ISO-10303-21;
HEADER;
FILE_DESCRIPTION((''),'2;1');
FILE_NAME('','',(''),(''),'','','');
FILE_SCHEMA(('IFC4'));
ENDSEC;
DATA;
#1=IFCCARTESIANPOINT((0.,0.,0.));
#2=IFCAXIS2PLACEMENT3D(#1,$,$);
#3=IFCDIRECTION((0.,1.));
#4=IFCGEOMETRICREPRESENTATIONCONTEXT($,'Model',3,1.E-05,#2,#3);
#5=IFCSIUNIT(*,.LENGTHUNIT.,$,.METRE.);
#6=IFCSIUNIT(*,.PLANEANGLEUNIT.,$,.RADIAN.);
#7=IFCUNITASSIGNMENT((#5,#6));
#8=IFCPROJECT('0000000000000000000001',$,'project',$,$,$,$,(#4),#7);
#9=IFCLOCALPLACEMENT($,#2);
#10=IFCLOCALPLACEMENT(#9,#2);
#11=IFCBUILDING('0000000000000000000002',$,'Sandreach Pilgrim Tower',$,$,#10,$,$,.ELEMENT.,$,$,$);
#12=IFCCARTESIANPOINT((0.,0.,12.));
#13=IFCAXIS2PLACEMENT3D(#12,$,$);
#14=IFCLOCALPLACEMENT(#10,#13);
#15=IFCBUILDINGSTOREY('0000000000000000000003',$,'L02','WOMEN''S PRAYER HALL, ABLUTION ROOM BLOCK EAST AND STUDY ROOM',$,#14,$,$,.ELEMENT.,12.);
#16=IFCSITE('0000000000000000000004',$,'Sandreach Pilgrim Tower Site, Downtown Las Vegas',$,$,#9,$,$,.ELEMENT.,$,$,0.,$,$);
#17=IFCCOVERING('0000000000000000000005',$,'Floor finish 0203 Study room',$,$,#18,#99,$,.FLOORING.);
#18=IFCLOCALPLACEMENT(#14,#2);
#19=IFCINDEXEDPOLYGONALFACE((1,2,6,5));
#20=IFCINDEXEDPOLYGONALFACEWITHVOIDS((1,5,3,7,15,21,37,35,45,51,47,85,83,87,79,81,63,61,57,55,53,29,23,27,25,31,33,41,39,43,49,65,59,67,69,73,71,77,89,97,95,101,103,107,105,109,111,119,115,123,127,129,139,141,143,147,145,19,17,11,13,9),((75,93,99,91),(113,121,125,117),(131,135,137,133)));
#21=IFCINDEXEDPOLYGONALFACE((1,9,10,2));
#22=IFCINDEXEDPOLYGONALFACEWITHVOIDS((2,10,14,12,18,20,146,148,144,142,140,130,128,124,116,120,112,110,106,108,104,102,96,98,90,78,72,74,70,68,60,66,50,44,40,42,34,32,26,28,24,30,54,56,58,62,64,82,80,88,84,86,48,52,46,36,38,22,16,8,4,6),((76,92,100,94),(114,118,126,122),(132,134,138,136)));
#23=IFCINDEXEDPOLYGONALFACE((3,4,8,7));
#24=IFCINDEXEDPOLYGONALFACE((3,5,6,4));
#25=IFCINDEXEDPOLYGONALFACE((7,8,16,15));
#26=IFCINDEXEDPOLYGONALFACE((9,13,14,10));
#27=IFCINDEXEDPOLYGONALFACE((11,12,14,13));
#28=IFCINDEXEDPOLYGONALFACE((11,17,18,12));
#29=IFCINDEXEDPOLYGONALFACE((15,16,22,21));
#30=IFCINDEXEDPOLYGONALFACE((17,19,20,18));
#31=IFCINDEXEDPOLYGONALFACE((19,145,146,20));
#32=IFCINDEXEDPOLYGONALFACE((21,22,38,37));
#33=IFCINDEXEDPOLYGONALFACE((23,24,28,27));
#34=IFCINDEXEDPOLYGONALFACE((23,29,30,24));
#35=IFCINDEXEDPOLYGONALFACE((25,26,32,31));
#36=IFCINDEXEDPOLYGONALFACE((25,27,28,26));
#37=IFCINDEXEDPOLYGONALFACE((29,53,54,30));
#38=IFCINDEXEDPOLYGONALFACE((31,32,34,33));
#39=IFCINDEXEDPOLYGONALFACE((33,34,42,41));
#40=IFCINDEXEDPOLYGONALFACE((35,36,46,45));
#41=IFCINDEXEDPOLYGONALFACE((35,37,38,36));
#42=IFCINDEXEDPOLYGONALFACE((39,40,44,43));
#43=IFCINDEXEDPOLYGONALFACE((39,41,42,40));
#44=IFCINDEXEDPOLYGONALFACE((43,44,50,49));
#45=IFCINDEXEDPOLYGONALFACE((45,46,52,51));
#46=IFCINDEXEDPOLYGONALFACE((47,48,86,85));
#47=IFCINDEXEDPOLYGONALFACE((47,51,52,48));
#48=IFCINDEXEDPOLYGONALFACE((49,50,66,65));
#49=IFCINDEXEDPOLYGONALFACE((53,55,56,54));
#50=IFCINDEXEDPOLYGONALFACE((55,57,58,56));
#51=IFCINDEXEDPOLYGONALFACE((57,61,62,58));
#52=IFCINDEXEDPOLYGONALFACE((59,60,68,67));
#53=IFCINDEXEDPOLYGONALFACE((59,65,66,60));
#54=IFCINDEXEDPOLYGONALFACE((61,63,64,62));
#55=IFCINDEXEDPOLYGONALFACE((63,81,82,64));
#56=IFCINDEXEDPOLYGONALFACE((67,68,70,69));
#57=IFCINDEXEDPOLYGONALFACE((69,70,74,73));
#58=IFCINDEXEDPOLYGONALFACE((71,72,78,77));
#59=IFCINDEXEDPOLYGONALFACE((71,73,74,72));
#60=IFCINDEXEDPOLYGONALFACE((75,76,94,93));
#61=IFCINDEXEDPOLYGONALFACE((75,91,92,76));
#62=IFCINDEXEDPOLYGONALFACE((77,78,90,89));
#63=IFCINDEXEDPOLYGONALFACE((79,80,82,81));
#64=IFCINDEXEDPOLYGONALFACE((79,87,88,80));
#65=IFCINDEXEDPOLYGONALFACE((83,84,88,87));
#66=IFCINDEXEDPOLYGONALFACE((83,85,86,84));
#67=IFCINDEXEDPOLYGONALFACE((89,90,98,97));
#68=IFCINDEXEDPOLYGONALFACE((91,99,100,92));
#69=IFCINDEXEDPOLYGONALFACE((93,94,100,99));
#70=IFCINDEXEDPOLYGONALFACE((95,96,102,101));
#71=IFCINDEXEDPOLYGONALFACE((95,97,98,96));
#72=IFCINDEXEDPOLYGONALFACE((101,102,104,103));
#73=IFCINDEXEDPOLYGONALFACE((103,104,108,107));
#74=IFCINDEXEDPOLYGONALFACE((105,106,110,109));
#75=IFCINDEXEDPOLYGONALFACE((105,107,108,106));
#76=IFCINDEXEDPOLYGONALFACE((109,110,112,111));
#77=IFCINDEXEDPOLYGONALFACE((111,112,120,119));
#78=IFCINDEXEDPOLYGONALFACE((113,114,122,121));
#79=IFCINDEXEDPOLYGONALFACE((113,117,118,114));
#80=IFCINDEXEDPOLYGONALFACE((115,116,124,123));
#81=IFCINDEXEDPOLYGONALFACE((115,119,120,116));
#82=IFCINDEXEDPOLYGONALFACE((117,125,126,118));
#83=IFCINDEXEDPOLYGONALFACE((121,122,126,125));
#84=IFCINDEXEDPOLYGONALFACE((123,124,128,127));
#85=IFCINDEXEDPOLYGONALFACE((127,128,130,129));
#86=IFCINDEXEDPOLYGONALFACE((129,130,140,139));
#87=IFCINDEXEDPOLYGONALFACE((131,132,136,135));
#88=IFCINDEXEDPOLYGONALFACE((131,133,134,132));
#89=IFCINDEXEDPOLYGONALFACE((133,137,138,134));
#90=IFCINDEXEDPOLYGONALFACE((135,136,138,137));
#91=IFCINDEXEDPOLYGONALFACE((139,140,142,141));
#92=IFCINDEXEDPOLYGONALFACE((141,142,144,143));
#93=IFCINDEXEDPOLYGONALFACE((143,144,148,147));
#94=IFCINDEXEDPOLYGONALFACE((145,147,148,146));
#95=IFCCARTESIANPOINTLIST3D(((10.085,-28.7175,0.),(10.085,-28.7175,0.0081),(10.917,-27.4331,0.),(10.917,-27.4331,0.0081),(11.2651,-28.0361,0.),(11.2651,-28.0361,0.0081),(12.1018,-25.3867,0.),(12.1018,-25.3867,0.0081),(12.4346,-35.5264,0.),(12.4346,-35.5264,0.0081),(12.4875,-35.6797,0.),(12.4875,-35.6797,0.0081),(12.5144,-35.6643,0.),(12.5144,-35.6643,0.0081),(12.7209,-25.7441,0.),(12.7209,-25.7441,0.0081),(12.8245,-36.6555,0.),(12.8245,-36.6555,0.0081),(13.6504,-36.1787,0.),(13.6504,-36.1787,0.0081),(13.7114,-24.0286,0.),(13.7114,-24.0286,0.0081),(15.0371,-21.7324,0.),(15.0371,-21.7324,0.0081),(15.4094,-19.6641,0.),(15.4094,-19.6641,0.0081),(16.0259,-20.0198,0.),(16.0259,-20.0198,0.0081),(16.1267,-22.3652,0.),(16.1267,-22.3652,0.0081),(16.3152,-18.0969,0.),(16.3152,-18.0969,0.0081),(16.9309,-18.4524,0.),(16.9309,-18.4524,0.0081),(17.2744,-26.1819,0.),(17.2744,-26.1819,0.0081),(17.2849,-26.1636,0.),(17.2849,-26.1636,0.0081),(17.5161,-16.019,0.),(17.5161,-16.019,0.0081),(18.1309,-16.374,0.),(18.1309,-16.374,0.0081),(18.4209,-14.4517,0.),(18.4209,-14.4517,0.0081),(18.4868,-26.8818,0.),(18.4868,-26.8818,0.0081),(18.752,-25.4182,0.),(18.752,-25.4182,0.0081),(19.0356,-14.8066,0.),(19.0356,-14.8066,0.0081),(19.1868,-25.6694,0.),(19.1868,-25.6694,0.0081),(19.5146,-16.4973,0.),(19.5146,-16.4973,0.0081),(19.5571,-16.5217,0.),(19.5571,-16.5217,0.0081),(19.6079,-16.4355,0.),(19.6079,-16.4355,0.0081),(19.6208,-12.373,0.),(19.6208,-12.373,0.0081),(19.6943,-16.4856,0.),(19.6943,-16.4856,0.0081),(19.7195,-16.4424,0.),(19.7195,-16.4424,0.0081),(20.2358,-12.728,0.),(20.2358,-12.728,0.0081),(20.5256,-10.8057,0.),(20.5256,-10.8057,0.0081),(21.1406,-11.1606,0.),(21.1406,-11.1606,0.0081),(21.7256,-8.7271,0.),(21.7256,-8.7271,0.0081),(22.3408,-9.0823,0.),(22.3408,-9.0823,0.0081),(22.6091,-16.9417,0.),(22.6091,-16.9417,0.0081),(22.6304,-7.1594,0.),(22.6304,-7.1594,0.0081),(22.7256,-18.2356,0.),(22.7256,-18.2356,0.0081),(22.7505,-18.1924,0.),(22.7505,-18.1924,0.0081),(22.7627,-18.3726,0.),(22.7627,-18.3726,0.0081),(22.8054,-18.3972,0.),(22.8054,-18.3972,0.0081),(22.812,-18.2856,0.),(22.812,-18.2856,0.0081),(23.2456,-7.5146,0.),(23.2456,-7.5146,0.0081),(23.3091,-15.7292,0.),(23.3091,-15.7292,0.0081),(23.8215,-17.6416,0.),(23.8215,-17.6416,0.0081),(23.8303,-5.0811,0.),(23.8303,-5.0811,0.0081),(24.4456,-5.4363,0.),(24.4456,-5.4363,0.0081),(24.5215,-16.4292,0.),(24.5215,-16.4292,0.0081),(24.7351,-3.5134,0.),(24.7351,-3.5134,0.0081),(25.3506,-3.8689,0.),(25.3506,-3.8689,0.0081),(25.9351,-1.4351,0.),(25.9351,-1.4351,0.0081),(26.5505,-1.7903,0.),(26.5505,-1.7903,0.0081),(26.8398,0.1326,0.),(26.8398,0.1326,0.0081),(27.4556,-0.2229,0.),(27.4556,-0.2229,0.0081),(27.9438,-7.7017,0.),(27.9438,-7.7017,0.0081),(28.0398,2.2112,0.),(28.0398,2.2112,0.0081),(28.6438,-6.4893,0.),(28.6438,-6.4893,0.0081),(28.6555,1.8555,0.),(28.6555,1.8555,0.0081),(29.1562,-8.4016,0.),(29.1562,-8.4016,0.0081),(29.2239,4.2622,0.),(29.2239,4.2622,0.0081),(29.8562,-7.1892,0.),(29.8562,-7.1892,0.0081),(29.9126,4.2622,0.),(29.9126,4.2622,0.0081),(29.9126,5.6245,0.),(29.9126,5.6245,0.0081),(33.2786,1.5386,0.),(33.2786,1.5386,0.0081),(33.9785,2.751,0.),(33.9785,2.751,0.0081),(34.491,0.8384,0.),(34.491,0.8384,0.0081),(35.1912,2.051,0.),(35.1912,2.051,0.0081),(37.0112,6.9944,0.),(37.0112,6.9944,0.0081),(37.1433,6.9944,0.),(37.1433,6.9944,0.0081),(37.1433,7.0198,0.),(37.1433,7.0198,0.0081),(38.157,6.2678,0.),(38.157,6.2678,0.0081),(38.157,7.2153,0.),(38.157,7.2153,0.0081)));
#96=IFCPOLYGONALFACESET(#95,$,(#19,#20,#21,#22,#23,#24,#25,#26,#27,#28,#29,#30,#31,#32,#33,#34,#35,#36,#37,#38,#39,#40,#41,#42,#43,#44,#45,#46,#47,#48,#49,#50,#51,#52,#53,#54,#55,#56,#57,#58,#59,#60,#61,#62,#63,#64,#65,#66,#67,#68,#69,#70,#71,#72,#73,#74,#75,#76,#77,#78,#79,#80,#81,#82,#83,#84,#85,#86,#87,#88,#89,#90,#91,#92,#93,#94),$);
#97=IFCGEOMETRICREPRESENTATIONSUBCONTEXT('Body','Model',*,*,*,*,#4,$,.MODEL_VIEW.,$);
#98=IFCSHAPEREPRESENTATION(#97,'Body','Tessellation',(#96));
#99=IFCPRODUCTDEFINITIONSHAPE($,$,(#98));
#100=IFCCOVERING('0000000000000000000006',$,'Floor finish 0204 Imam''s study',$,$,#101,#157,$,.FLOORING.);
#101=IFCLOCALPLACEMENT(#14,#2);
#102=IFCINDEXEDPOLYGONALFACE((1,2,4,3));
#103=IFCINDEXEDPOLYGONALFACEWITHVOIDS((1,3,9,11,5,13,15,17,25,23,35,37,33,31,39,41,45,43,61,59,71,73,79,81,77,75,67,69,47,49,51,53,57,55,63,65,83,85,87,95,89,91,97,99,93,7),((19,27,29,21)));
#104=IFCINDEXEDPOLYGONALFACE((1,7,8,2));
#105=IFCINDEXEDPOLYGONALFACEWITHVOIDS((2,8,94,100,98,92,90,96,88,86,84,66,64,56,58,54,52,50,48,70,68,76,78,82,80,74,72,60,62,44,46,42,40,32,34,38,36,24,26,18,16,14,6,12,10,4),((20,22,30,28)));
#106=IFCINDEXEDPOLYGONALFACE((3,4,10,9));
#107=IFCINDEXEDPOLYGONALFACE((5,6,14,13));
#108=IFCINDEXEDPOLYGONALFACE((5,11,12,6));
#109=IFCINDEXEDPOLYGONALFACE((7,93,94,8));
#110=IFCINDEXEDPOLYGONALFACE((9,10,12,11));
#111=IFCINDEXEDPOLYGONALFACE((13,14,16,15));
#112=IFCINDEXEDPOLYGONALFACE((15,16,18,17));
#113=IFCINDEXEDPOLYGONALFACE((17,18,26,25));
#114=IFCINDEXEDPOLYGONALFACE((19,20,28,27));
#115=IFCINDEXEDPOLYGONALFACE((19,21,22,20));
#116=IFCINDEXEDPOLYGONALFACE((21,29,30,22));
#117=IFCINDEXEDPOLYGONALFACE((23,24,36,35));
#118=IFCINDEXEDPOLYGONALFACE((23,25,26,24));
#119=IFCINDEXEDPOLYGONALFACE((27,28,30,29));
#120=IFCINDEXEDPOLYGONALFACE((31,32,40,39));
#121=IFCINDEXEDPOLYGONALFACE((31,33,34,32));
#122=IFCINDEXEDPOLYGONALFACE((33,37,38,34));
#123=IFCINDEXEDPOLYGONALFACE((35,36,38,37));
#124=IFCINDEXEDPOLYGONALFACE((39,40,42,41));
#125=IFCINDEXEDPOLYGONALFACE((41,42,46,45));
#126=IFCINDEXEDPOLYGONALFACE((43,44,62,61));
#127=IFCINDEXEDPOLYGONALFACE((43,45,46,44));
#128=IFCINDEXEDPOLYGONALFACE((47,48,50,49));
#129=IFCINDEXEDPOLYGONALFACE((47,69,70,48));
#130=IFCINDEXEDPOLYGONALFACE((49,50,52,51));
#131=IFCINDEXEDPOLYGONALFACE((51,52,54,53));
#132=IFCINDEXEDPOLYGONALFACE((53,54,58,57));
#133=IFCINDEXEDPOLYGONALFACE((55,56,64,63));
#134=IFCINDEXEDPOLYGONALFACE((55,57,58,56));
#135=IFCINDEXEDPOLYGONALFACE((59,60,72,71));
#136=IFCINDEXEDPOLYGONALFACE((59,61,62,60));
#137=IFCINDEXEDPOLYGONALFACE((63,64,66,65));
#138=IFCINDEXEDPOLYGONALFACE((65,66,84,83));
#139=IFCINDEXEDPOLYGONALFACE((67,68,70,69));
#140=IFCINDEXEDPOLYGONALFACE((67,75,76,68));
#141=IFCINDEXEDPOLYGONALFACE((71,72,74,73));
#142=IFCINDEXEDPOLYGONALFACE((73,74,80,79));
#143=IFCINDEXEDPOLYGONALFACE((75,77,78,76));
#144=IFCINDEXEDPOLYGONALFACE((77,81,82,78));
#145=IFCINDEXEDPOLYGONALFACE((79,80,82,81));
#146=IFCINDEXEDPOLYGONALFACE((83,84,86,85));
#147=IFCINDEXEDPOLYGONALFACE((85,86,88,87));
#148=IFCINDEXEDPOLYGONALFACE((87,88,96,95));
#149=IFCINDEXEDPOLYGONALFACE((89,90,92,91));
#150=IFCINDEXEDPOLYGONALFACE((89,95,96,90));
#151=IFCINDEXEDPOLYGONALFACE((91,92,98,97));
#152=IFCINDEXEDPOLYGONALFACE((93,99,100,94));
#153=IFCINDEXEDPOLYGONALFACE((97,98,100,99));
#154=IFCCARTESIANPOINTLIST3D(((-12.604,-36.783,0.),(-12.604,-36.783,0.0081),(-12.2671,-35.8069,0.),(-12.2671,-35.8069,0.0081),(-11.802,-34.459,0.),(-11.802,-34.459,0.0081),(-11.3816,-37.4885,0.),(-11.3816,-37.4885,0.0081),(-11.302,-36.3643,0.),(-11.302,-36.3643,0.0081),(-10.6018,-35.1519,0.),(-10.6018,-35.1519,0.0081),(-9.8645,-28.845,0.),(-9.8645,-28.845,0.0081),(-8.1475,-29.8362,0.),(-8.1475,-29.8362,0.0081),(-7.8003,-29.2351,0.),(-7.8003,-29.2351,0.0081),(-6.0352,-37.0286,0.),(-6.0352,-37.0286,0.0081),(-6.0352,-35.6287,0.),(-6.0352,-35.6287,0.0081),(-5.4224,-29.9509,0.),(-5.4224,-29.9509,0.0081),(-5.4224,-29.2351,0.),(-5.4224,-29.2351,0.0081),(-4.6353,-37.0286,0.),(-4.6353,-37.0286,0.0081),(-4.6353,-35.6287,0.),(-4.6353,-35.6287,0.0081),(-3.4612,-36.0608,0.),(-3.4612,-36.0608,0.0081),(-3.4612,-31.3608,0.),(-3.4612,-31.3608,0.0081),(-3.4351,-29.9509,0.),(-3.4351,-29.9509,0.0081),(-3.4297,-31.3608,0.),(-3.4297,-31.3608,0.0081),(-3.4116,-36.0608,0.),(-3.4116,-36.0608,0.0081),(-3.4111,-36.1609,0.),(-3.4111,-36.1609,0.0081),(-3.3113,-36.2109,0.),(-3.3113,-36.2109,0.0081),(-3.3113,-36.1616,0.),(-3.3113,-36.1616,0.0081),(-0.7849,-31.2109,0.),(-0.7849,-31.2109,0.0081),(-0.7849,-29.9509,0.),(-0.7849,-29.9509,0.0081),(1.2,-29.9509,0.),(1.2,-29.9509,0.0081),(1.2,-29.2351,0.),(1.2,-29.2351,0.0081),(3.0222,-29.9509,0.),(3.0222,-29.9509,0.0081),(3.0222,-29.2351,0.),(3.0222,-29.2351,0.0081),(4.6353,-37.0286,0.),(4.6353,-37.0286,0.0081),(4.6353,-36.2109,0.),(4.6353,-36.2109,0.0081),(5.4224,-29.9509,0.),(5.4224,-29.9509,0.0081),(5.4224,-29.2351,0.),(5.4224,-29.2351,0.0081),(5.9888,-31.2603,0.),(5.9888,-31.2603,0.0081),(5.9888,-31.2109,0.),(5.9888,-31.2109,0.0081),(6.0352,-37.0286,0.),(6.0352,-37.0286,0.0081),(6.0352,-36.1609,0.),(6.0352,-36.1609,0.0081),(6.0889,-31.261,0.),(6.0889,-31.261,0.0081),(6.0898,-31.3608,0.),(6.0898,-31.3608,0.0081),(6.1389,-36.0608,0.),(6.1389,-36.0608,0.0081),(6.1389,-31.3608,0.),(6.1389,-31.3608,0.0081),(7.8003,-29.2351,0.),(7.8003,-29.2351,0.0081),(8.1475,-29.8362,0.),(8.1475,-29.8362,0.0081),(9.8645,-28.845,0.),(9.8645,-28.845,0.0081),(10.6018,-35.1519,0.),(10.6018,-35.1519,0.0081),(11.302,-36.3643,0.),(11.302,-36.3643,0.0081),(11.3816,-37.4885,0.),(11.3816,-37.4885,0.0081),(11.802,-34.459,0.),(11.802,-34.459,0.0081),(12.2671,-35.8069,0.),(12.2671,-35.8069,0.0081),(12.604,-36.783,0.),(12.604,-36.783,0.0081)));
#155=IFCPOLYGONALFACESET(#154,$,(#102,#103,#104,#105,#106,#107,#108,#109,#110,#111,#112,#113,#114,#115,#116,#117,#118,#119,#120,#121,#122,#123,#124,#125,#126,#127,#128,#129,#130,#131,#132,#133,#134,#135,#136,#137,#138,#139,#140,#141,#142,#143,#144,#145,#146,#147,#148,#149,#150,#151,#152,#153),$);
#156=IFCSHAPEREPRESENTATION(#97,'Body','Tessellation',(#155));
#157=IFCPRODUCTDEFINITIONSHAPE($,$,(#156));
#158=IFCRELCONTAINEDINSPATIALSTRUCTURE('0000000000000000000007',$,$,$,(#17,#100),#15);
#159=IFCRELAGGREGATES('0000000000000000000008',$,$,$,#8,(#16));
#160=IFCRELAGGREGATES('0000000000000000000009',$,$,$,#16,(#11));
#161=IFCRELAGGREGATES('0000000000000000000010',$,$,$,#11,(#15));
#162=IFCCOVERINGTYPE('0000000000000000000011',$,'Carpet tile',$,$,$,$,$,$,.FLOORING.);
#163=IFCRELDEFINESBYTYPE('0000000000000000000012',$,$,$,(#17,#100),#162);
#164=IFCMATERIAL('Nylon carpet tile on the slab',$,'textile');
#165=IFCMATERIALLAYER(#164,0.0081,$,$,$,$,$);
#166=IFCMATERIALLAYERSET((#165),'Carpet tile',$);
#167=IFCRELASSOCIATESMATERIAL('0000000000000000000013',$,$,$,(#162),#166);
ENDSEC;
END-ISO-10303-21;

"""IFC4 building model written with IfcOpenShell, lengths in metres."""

from ifc_helpers import new_model, si_unit, direction, frame, origin, place, context, subcontext, project, spatial, polyline, outline, extrude, material, layer, layer_set, type_object, element, save


model = new_model("IFC4")

# Units and contexts
model_context = context("Model", 3, precision=1e-05, world=origin(), true_north=direction((0.0, 1.0)))
body_context = subcontext(model_context, "Body", "Model", "MODEL_VIEW")
ifc_project = project(units=[si_unit("LENGTHUNIT", "METRE"), si_unit("PLANEANGLEUNIT", "RADIAN")], contexts=[model_context])

# Site, building, storey
site_placement = place(None, origin())
site = spatial("IfcSite", under=ifc_project, at=site_placement, Name="Sandreach Pilgrim Tower Site, Downtown Las Vegas", CompositionType="ELEMENT", RefElevation=0.0)
building_placement = place(site_placement, origin())
building = spatial("IfcBuilding", under=site, at=building_placement, Name="Sandreach Pilgrim Tower", CompositionType="ELEMENT")
storey_placement = place(building_placement, frame((0.0, 0.0, 12.0)))
storey = spatial("IfcBuildingStorey", under=building, at=storey_placement, Name="L02", Description="WOMEN'S PRAYER HALL, ABLUTION ROOM BLOCK EAST AND STUDY ROOM", CompositionType="ELEMENT", Elevation=12.0)

# Coverings
ifc_material_1 = material(Name="Nylon carpet tile on the slab", Category="textile")
ifc_layer_1 = layer(ifc_material_1, 0.0081)
ifc_layer_set_1 = layer_set([ifc_layer_1], Name="Carpet tile")
covering_type_1 = type_object("IfcCoveringType", Name="Carpet tile", PredefinedType="FLOORING", material=ifc_layer_set_1)
covering_1_placement = place(storey_placement, origin())
element("IfcCovering", 1, at=covering_1_placement, inside=storey, type_object=covering_type_1, Name="Floor finish 0203 Study room", PredefinedType="FLOORING", context=body_context, shape_type="SweptSolid", body=[
    extrude(outline(polyline([(12.4875, -35.6797), (12.5144, -35.6643), (12.4346, -35.5264), (10.085, -28.7175), (11.2651, -28.0361), (10.917, -27.4331), (12.1018, -25.3867), (12.7209, -25.7441), (13.7114, -24.0286), (17.2849, -26.1636), (17.2744, -26.1819), (18.4868, -26.8818), (19.1868, -25.6694), (18.752, -25.4182), (22.8054, -18.3972), (22.7627, -18.3726), (22.812, -18.2856), (22.7256, -18.2356), (22.7505, -18.1924), (19.7195, -16.4424), (19.6943, -16.4856), (19.6079, -16.4355), (19.5571, -16.5217), (19.5146, -16.4973), (16.1267, -22.3652), (15.0371, -21.7324), (16.0259, -20.0198), (15.4094, -19.6641), (16.3152, -18.0969), (16.9309, -18.4524), (18.1309, -16.374), (17.5161, -16.019), (18.4209, -14.4517), (19.0356, -14.8066), (20.2358, -12.728), (19.6208, -12.373), (20.5256, -10.8057), (21.1406, -11.1606), (22.3408, -9.0823), (21.7256, -8.7271), (22.6304, -7.1594), (23.2456, -7.5146), (24.4456, -5.4363), (23.8303, -5.0811), (24.7351, -3.5134), (25.3506, -3.8689), (26.5505, -1.7903), (25.9351, -1.4351), (26.8398, 0.1326), (27.4556, -0.2229), (28.6555, 1.8555), (28.0398, 2.2112), (29.2239, 4.2622), (29.9126, 4.2622), (29.9126, 5.6245), (37.0112, 6.9944), (37.1433, 6.9944), (37.1433, 7.0198), (38.157, 7.2153), (38.157, 6.2678), (13.6504, -36.1787), (12.8245, -36.6555), (12.4875, -35.6797)]), holes=[polyline([(34.491, 0.8384), (35.1912, 2.051), (33.9785, 2.751), (33.2786, 1.5386), (34.491, 0.8384)]), polyline([(29.8562, -7.1892), (28.6438, -6.4893), (27.9438, -7.7017), (29.1562, -8.4016), (29.8562, -7.1892)]), polyline([(24.5215, -16.4292), (23.3091, -15.7292), (22.6091, -16.9417), (23.8215, -17.6416), (24.5215, -16.4292)])]), origin(), (0.0, 0.0, 1.0), 0.0081),
])
covering_2_placement = place(storey_placement, origin())
element("IfcCovering", 2, at=covering_2_placement, inside=storey, type_object=covering_type_1, Name="Floor finish 0204 Imam's study", PredefinedType="FLOORING", context=body_context, shape_type="SweptSolid", body=[
    extrude(outline(polyline([(-12.604, -36.783), (-12.2671, -35.8069), (-11.302, -36.3643), (-10.6018, -35.1519), (-11.802, -34.459), (-9.8645, -28.845), (-8.1475, -29.8362), (-7.8003, -29.2351), (-5.4224, -29.2351), (-5.4224, -29.9509), (-3.4351, -29.9509), (-3.4297, -31.3608), (-3.4612, -31.3608), (-3.4612, -36.0608), (-3.4116, -36.0608), (-3.4111, -36.1609), (-3.3113, -36.1616), (-3.3113, -36.2109), (4.6353, -36.2109), (4.6353, -37.0286), (6.0352, -37.0286), (6.0352, -36.1609), (6.1389, -36.0608), (6.1389, -31.3608), (6.0898, -31.3608), (6.0889, -31.261), (5.9888, -31.2603), (5.9888, -31.2109), (-0.7849, -31.2109), (-0.7849, -29.9509), (1.2, -29.9509), (1.2, -29.2351), (3.0222, -29.2351), (3.0222, -29.9509), (5.4224, -29.9509), (5.4224, -29.2351), (7.8003, -29.2351), (8.1475, -29.8362), (9.8645, -28.845), (11.802, -34.459), (10.6018, -35.1519), (11.302, -36.3643), (12.2671, -35.8069), (12.604, -36.783), (11.3816, -37.4885), (-11.3816, -37.4885), (-12.604, -36.783)]), holes=[polyline([(-4.6353, -37.0286), (-4.6353, -35.6287), (-6.0352, -35.6287), (-6.0352, -37.0286), (-4.6353, -37.0286)])]), origin(), (0.0, 0.0, 1.0), 0.0081),
])

save(model, "model.ifc")
